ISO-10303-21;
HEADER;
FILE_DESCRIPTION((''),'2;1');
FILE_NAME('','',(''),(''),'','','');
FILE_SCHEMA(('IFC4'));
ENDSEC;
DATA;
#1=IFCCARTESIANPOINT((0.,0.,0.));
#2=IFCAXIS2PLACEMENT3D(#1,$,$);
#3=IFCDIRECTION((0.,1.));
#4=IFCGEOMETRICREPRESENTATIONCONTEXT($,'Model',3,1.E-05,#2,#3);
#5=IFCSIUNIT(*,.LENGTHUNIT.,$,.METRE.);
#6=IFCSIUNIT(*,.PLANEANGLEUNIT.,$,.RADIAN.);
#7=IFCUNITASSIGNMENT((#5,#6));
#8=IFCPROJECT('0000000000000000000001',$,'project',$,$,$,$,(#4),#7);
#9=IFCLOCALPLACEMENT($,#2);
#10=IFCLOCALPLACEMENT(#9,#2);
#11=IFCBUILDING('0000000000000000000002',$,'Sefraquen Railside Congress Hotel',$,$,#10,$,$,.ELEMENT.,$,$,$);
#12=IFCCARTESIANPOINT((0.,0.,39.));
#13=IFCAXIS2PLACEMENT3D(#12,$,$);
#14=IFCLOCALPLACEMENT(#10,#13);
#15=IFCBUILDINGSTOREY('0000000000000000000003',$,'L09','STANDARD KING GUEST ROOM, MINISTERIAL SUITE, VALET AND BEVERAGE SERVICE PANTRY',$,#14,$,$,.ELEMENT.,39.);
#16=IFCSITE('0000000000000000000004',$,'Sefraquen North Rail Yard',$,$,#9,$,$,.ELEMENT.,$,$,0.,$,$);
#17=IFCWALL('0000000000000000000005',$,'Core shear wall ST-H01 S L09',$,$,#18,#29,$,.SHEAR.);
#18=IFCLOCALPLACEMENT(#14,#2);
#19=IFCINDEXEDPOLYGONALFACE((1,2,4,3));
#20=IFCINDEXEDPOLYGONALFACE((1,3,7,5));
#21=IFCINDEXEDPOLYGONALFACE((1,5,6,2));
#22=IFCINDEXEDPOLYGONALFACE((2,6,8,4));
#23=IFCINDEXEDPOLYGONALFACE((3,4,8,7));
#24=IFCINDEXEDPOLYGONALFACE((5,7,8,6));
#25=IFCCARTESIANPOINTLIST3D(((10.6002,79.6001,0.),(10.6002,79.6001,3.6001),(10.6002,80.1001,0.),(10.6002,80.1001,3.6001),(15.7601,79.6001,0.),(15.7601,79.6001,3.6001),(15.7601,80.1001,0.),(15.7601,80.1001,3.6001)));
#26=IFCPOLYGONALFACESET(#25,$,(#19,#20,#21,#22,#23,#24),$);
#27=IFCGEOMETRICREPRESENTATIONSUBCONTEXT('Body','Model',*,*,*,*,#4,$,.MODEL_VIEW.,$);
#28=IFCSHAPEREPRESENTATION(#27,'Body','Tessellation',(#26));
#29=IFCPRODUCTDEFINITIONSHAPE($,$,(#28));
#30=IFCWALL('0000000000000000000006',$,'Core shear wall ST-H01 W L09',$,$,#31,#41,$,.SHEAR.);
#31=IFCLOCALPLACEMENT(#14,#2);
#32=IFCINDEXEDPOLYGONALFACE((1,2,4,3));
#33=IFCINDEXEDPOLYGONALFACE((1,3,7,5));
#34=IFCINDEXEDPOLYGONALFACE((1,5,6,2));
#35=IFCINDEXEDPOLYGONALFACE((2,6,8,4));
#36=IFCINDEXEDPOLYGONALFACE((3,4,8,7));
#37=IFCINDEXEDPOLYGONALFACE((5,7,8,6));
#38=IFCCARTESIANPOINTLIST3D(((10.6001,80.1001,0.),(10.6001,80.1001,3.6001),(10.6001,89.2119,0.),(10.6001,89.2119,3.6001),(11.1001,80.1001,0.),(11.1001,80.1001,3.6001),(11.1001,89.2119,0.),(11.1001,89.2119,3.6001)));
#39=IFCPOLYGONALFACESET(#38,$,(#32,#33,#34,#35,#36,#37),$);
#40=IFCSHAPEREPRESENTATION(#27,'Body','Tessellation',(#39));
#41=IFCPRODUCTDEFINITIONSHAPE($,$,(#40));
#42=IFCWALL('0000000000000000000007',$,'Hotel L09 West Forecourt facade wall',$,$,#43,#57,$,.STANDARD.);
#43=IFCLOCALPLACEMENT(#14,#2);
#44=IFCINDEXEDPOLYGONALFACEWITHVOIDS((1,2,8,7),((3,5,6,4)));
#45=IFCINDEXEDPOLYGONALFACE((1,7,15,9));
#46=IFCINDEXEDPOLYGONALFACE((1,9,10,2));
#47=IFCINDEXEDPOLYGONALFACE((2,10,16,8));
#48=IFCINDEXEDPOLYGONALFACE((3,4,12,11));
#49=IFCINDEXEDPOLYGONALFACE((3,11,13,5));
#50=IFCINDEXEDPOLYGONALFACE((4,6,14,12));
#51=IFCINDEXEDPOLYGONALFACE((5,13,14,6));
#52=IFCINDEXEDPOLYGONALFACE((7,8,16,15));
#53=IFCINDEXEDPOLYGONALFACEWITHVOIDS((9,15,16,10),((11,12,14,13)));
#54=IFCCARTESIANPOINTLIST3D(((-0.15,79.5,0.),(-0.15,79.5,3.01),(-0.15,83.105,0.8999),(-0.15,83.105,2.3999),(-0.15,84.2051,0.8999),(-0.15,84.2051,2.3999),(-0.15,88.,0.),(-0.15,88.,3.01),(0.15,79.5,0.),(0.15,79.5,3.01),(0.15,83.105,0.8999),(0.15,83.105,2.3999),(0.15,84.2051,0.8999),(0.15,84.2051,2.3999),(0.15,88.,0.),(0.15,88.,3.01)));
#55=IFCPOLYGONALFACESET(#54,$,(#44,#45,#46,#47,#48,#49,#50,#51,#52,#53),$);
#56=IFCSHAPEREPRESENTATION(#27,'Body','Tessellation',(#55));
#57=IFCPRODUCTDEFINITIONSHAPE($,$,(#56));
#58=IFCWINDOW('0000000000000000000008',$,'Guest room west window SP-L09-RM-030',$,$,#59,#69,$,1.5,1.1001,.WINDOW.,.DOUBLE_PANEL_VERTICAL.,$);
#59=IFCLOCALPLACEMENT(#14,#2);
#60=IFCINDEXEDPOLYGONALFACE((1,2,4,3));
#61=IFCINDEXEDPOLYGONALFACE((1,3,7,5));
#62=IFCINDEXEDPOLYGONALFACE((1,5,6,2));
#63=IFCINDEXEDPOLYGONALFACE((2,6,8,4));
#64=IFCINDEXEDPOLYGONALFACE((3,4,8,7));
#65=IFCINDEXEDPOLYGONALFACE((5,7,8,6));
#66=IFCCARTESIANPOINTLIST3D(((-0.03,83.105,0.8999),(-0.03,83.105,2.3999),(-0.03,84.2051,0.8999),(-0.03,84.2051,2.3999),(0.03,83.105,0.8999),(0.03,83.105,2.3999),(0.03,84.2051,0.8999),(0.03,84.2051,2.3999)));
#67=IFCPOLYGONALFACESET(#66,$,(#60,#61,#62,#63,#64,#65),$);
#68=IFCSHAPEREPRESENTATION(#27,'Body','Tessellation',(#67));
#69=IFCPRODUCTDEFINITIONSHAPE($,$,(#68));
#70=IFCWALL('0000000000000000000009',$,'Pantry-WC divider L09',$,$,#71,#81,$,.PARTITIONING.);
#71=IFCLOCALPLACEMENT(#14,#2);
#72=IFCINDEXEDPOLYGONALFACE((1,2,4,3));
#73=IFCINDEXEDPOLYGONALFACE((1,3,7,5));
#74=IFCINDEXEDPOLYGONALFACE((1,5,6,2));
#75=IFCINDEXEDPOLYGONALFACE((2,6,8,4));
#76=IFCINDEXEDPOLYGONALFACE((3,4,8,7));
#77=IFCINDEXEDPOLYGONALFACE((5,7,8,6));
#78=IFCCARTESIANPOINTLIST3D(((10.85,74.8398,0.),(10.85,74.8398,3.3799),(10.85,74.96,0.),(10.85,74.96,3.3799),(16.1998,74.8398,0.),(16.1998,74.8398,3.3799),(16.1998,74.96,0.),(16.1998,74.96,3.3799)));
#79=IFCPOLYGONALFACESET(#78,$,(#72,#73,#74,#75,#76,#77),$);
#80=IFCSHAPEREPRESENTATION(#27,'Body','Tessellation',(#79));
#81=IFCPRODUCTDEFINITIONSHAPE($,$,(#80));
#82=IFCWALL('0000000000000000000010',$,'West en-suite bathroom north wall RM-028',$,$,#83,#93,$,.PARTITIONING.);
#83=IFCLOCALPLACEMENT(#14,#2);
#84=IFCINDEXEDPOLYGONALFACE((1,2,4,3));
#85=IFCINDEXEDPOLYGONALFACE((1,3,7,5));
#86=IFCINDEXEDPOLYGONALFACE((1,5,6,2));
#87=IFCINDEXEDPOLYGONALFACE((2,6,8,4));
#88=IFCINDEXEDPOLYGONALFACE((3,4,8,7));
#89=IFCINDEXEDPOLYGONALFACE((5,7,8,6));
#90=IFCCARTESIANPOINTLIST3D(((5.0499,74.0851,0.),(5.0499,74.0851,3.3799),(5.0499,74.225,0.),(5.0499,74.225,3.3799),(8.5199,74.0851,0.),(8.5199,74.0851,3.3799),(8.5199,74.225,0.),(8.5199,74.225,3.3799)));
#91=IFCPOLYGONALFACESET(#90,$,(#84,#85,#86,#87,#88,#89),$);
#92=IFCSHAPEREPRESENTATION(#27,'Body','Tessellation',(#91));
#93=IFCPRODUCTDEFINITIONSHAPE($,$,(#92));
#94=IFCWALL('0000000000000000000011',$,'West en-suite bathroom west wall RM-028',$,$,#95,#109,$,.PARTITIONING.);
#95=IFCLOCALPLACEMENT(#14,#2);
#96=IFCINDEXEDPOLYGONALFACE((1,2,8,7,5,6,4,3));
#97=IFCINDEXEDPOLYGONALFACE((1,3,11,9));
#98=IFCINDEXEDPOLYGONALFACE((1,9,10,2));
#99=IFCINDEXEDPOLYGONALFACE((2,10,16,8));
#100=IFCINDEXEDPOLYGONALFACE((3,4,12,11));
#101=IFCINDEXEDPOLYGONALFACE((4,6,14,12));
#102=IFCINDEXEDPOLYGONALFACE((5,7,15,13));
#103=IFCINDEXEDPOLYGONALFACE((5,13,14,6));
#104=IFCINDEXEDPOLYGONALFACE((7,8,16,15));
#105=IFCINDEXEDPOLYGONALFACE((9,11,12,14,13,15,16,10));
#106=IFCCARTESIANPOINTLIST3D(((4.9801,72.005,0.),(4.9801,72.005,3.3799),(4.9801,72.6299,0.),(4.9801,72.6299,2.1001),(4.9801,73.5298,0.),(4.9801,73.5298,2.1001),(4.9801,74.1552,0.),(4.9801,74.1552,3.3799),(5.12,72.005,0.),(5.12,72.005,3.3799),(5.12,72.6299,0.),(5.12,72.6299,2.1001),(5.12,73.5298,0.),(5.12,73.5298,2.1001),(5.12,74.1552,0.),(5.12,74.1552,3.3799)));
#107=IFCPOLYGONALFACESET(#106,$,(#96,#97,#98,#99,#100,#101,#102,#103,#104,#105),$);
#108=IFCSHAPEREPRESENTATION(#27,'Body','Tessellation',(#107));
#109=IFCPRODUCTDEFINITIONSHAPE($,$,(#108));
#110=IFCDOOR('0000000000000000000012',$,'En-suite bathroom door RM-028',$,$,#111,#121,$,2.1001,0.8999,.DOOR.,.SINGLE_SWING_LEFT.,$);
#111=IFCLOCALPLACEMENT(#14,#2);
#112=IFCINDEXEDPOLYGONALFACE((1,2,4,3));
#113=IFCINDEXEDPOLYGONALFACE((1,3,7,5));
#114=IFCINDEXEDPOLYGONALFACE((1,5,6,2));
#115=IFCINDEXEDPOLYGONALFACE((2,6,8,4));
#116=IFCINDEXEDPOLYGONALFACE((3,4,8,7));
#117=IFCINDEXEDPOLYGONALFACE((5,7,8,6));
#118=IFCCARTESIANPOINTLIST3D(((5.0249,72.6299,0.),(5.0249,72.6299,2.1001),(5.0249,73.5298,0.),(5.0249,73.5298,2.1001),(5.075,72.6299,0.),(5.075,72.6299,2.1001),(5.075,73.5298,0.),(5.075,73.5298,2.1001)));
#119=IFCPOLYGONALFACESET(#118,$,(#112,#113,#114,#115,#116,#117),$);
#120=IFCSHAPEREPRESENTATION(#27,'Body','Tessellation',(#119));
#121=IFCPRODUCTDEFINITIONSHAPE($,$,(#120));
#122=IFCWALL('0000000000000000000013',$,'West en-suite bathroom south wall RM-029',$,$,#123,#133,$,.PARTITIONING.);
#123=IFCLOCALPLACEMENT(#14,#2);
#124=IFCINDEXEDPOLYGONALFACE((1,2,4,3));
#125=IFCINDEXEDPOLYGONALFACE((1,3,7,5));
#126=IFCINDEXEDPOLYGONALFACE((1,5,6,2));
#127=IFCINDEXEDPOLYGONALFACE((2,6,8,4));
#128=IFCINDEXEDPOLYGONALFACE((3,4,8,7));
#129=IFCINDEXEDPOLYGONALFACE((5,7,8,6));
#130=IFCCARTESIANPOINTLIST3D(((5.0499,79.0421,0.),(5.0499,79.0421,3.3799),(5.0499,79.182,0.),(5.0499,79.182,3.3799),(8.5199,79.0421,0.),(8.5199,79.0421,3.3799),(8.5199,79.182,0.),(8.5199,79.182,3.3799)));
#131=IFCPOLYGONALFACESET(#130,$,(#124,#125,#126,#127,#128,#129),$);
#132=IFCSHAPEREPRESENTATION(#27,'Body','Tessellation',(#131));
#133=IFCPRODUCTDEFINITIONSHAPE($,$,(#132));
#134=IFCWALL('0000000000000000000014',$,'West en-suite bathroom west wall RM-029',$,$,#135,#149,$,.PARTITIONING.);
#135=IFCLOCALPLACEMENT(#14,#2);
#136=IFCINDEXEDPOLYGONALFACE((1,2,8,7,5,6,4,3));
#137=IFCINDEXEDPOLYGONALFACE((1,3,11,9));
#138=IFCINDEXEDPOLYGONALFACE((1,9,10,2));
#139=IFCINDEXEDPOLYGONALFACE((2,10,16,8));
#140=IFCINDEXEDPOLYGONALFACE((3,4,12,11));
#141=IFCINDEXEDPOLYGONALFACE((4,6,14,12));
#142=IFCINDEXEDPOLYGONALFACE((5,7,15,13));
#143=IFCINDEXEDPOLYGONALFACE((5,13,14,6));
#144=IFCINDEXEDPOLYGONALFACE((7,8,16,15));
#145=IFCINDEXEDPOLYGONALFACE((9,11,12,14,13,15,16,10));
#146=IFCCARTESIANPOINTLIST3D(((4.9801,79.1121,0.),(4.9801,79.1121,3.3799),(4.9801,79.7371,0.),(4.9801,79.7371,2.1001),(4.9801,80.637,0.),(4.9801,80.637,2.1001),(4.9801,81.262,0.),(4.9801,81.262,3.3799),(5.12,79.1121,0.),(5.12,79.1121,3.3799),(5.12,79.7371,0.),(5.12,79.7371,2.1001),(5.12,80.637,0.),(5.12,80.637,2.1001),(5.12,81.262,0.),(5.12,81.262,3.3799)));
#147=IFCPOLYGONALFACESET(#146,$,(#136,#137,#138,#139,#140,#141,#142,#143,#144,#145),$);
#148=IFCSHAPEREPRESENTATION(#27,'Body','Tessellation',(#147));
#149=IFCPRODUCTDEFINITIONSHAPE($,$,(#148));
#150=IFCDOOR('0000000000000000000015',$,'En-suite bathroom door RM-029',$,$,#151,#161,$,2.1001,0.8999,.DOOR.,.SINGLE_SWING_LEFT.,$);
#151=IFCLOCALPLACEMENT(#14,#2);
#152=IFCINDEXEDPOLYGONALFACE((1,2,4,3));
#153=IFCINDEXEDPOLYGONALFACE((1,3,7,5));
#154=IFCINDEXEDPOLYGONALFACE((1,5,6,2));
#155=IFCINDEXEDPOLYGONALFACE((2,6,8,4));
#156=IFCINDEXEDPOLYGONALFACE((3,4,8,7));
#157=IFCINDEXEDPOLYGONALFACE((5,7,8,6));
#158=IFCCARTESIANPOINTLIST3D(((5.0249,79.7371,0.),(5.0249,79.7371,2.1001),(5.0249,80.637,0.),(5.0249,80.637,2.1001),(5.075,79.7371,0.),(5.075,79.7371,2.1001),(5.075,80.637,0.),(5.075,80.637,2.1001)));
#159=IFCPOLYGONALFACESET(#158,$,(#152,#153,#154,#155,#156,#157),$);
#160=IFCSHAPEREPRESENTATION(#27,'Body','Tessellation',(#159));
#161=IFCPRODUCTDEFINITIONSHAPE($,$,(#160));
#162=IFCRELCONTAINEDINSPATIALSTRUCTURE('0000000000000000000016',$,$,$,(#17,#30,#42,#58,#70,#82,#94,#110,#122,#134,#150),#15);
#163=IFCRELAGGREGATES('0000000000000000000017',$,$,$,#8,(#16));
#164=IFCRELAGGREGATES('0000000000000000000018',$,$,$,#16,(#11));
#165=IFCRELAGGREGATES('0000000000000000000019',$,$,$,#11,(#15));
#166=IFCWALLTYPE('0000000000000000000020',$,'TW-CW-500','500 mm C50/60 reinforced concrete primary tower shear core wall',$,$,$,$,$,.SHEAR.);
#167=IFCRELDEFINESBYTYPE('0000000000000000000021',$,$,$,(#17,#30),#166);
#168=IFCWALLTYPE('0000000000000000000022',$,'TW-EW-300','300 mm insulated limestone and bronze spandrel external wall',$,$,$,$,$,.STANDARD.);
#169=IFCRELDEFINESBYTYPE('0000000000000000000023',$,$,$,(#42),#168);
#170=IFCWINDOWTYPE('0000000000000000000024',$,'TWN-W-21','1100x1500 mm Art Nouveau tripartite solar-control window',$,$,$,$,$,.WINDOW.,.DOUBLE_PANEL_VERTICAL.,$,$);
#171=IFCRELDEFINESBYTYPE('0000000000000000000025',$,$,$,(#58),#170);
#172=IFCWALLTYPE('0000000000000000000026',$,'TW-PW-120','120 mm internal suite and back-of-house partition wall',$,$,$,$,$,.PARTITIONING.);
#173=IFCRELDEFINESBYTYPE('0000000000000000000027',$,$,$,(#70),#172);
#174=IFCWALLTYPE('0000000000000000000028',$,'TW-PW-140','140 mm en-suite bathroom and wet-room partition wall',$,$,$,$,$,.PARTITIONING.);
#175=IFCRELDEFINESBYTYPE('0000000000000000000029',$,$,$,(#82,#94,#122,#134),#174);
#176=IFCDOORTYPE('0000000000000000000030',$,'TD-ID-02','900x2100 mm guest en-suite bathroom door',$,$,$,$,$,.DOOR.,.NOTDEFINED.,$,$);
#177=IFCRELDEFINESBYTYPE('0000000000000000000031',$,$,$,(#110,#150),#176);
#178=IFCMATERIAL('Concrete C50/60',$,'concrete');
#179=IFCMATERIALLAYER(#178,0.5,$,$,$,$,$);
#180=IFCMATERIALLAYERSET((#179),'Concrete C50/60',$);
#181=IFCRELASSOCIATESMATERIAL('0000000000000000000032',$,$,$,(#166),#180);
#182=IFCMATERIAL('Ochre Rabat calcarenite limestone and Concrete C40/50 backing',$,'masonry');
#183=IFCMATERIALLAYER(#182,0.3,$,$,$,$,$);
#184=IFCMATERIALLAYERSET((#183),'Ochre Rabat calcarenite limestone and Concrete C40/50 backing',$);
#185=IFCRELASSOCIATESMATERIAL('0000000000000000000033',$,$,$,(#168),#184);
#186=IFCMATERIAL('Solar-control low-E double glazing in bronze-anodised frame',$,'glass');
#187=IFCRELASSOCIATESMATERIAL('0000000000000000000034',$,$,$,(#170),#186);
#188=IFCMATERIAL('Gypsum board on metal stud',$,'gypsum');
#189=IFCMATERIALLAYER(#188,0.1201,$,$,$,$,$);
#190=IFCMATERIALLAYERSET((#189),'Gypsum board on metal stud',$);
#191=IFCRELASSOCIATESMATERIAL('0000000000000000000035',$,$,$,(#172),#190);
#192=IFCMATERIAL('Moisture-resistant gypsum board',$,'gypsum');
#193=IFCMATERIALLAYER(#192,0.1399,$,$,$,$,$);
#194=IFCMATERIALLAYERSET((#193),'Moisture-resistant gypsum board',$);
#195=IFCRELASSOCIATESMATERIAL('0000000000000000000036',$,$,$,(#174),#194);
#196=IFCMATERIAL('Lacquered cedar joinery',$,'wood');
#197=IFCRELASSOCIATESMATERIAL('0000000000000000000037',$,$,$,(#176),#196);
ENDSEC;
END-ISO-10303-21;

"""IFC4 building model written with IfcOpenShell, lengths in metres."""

from ifc_helpers import new_model, si_unit, direction, frame, frame_2d, origin, place, context, subcontext, project, spatial, rectangle, extrude, material, layer, layer_set, type_object, element, fill, save


model = new_model("IFC4")

# Units and contexts
model_context = context("Model", 3, precision=1e-05, world=origin(), true_north=direction((0.0, 1.0)))
body_context = subcontext(model_context, "Body", "Model", "MODEL_VIEW")
ifc_project = project(units=[si_unit("LENGTHUNIT", "METRE"), si_unit("PLANEANGLEUNIT", "RADIAN")], contexts=[model_context])

# Site, building, storey
site_placement = place(None, origin())
site = spatial("IfcSite", under=ifc_project, at=site_placement, Name="Sefraquen North Rail Yard", CompositionType="ELEMENT", RefElevation=0.0)
building_placement = place(site_placement, origin())
building = spatial("IfcBuilding", under=site, at=building_placement, Name="Sefraquen Railside Congress Hotel", CompositionType="ELEMENT")
storey_placement = place(building_placement, frame((0.0, 0.0, 39.0)))
storey = spatial("IfcBuildingStorey", under=building, at=storey_placement, Name="L09", Description="STANDARD KING GUEST ROOM, MINISTERIAL SUITE, VALET AND BEVERAGE SERVICE PANTRY", CompositionType="ELEMENT", Elevation=39.0)

# Walls
ifc_material_1 = material(Name="Concrete C50/60", Category="concrete")
ifc_layer_1 = layer(ifc_material_1, 0.5)
ifc_layer_set_1 = layer_set([ifc_layer_1], Name="Concrete C50/60")
wall_type_1 = type_object("IfcWallType", Name="TW-CW-500", Description="500 mm C50/60 reinforced concrete primary tower shear core wall", PredefinedType="SHEAR", material=ifc_layer_set_1)
wall_1_placement = place(storey_placement, frame((10.6001, 79.8501, 0.0), z_axis=(0.0, 0.0, 1.0), x_axis=(1.0, 0.0, 0.0)))
element("IfcWall", 1, at=wall_1_placement, inside=storey, type_object=wall_type_1, Name="Core shear wall ST-H01 S L09", PredefinedType="SHEAR", context=body_context, shape_type="SweptSolid", body=[
    extrude(rectangle(XDim=5.1599, YDim=0.5, at=frame_2d((2.5801, 0.0))), origin(), (0.0, 0.0, 1.0), 3.6001),
])
wall_2_placement = place(storey_placement, frame((10.8501, 80.1001, 0.0), z_axis=(0.0, 0.0, 1.0), x_axis=(0.0, 1.0, 0.0)))
element("IfcWall", 2, at=wall_2_placement, inside=storey, type_object=wall_type_1, Name="Core shear wall ST-H01 W L09", PredefinedType="SHEAR", context=body_context, shape_type="SweptSolid", body=[
    extrude(rectangle(XDim=9.1118, YDim=0.5, at=frame_2d((4.5559, 0.0))), origin(), (0.0, 0.0, 1.0), 3.6001),
])

# Wall, opening, window
ifc_material_2 = material(Name="Ochre Rabat calcarenite limestone and Concrete C40/50 backing", Category="masonry")
ifc_layer_2 = layer(ifc_material_2, 0.3)
ifc_layer_set_2 = layer_set([ifc_layer_2], Name="Ochre Rabat calcarenite limestone and Concrete C40/50 backing")
wall_type_2 = type_object("IfcWallType", Name="TW-EW-300", Description="300 mm insulated limestone and bronze spandrel external wall", PredefinedType="STANDARD", material=ifc_layer_set_2)
wall_3_placement = place(storey_placement, frame((0.0, 79.5, 0.0), z_axis=(0.0, 0.0, 1.0), x_axis=(0.0, 1.0, 0.0)))
wall_3 = element("IfcWall", 3, at=wall_3_placement, inside=storey, type_object=wall_type_2, Name="Hotel L09 West Forecourt facade wall", PredefinedType="STANDARD", context=body_context, shape_type="SweptSolid", body=[
    extrude(rectangle(XDim=8.5, YDim=0.3, at=frame_2d((4.25, 0.0))), origin(), (0.0, 0.0, 1.0), 3.01),
])
opening_1_placement = place(wall_3_placement, frame((3.605, 0.0, 0.8999)))
opening_1 = element("IfcOpeningElement", 4, at=opening_1_placement, cuts=wall_3, PredefinedType="OPENING", context=body_context, shape_type="SweptSolid", body=[
    extrude(rectangle(XDim=1.1001, YDim=1.5, at=frame_2d((0.55, 0.75))), frame((0.0, 0.1599, 0.0), z_axis=(0.0, -1.0, 0.0), x_axis=(1.0, 0.0, 0.0)), (0.0, 0.0, 1.0), 0.3201),
])
ifc_material_3 = material(Name="Solar-control low-E double glazing in bronze-anodised frame", Category="glass")
window_type = type_object("IfcWindowType", Name="TWN-W-21", Description="1100x1500 mm Art Nouveau tripartite solar-control window", PartitioningType="DOUBLE_PANEL_VERTICAL", PredefinedType="WINDOW", material=ifc_material_3)
window_placement = place(opening_1_placement, origin())
window = element("IfcWindow", 5, at=window_placement, inside=storey, type_object=window_type, Name="Guest room west window SP-L09-RM-030", OverallHeight=1.5, OverallWidth=1.1001, PartitioningType="DOUBLE_PANEL_VERTICAL", PredefinedType="WINDOW", context=body_context, shape_type="SweptSolid", body=[
    extrude(rectangle(XDim=1.1001, YDim=1.5, at=frame_2d((0.55, 0.75))), frame((0.0, 0.03, 0.0), z_axis=(0.0, -1.0, 0.0), x_axis=(1.0, 0.0, 0.0)), (0.0, 0.0, 1.0), 0.0601),
])
fill(opening_1, window)

# Walls
ifc_material_4 = material(Name="Gypsum board on metal stud", Category="gypsum")
ifc_layer_3 = layer(ifc_material_4, 0.1201)
ifc_layer_set_3 = layer_set([ifc_layer_3], Name="Gypsum board on metal stud")
wall_type_3 = type_object("IfcWallType", Name="TW-PW-120", Description="120 mm internal suite and back-of-house partition wall", PredefinedType="PARTITIONING", material=ifc_layer_set_3)
wall_4_placement = place(storey_placement, frame((10.8501, 74.8999, 0.0), z_axis=(0.0, 0.0, 1.0), x_axis=(1.0, 0.0, 0.0)))
element("IfcWall", 6, at=wall_4_placement, inside=storey, type_object=wall_type_3, Name="Pantry-WC divider L09", PredefinedType="PARTITIONING", context=body_context, shape_type="SweptSolid", body=[
    extrude(rectangle(XDim=5.3499, YDim=0.1201, at=frame_2d((2.6748, 0.0))), origin(), (0.0, 0.0, 1.0), 3.3799),
])
ifc_material_5 = material(Name="Moisture-resistant gypsum board", Category="gypsum")
ifc_layer_4 = layer(ifc_material_5, 0.1399)
ifc_layer_set_4 = layer_set([ifc_layer_4], Name="Moisture-resistant gypsum board")
wall_type_4 = type_object("IfcWallType", Name="TW-PW-140", Description="140 mm en-suite bathroom and wet-room partition wall", PredefinedType="PARTITIONING", material=ifc_layer_set_4)
wall_5_placement = place(storey_placement, frame((5.05, 74.155, 0.0), z_axis=(0.0, 0.0, 1.0), x_axis=(1.0, 0.0, 0.0)))
element("IfcWall", 7, at=wall_5_placement, inside=storey, type_object=wall_type_4, Name="West en-suite bathroom north wall RM-028", PredefinedType="PARTITIONING", context=body_context, shape_type="SweptSolid", body=[
    extrude(rectangle(XDim=3.47, YDim=0.1399, at=frame_2d((1.7349, 0.0))), origin(), (0.0, 0.0, 1.0), 3.3799),
])

# Wall, opening, door
wall_6_placement = place(storey_placement, frame((5.05, 72.0049, 0.0), z_axis=(0.0, 0.0, 1.0), x_axis=(0.0, 1.0, 0.0)))
wall_6 = element("IfcWall", 8, at=wall_6_placement, inside=storey, type_object=wall_type_4, Name="West en-suite bathroom west wall RM-028", PredefinedType="PARTITIONING", context=body_context, shape_type="SweptSolid", body=[
    extrude(rectangle(XDim=2.1501, YDim=0.1399, at=frame_2d((1.0752, 0.0))), origin(), (0.0, 0.0, 1.0), 3.3799),
])
opening_2_placement = place(wall_6_placement, frame((0.625, 0.0, 0.0)))
opening_2 = element("IfcOpeningElement", 9, at=opening_2_placement, cuts=wall_6, PredefinedType="OPENING", context=body_context, shape_type="SweptSolid", body=[
    extrude(rectangle(XDim=0.8999, YDim=2.1001, at=frame_2d((0.45, 1.05))), frame((0.0, 0.0798, 0.0), z_axis=(0.0, -1.0, 0.0), x_axis=(1.0, 0.0, 0.0)), (0.0, 0.0, 1.0), 0.1599),
])
ifc_material_6 = material(Name="Lacquered cedar joinery", Category="wood")
door_type = type_object("IfcDoorType", Name="TD-ID-02", Description="900x2100 mm guest en-suite bathroom door", OperationType="NOTDEFINED", PredefinedType="DOOR", material=ifc_material_6)
door_1_placement = place(opening_2_placement, frame((0.8999, 0.0, 0.0), z_axis=(0.0, 0.0, 1.0), x_axis=(-1.0, 0.0, 0.0)))
door_1 = element("IfcDoor", 10, at=door_1_placement, inside=storey, type_object=door_type, Name="En-suite bathroom door RM-028", OperationType="SINGLE_SWING_LEFT", OverallHeight=2.1001, OverallWidth=0.8999, PredefinedType="DOOR", context=body_context, shape_type="SweptSolid", body=[
    extrude(rectangle(XDim=0.8999, YDim=2.1001, at=frame_2d((0.45, 1.05))), frame((0.0, 0.0249, 0.0), z_axis=(0.0, -1.0, 0.0), x_axis=(1.0, 0.0, 0.0)), (0.0, 0.0, 1.0), 0.05),
])
fill(opening_2, door_1)

# Wall
wall_7_placement = place(storey_placement, frame((5.05, 79.1121, 0.0), z_axis=(0.0, 0.0, 1.0), x_axis=(1.0, 0.0, 0.0)))
element("IfcWall", 11, at=wall_7_placement, inside=storey, type_object=wall_type_4, Name="West en-suite bathroom south wall RM-029", PredefinedType="PARTITIONING", context=body_context, shape_type="SweptSolid", body=[
    extrude(rectangle(XDim=3.47, YDim=0.1399, at=frame_2d((1.7349, 0.0))), origin(), (0.0, 0.0, 1.0), 3.3799),
])

# Wall, opening, door
wall_8_placement = place(storey_placement, frame((5.05, 79.1121, 0.0), z_axis=(0.0, 0.0, 1.0), x_axis=(0.0, 1.0, 0.0)))
wall_8 = element("IfcWall", 12, at=wall_8_placement, inside=storey, type_object=wall_type_4, Name="West en-suite bathroom west wall RM-029", PredefinedType="PARTITIONING", context=body_context, shape_type="SweptSolid", body=[
    extrude(rectangle(XDim=2.1499, YDim=0.1399, at=frame_2d((1.075, 0.0))), origin(), (0.0, 0.0, 1.0), 3.3799),
])
opening_3_placement = place(wall_8_placement, frame((0.625, 0.0, 0.0)))
opening_3 = element("IfcOpeningElement", 13, at=opening_3_placement, cuts=wall_8, PredefinedType="OPENING", context=body_context, shape_type="SweptSolid", body=[
    extrude(rectangle(XDim=0.8999, YDim=2.1001, at=frame_2d((0.45, 1.05))), frame((0.0, 0.0798, 0.0), z_axis=(0.0, -1.0, 0.0), x_axis=(1.0, 0.0, 0.0)), (0.0, 0.0, 1.0), 0.1599),
])
door_2_placement = place(opening_3_placement, frame((0.8999, 0.0, 0.0), z_axis=(0.0, 0.0, 1.0), x_axis=(-1.0, 0.0, 0.0)))
door_2 = element("IfcDoor", 14, at=door_2_placement, inside=storey, type_object=door_type, Name="En-suite bathroom door RM-029", OperationType="SINGLE_SWING_LEFT", OverallHeight=2.1001, OverallWidth=0.8999, PredefinedType="DOOR", context=body_context, shape_type="SweptSolid", body=[
    extrude(rectangle(XDim=0.8999, YDim=2.1001, at=frame_2d((0.45, 1.05))), frame((0.0, 0.0249, 0.0), z_axis=(0.0, -1.0, 0.0), x_axis=(1.0, 0.0, 0.0)), (0.0, 0.0, 1.0), 0.05),
])
fill(opening_3, door_2)

save(model, "model.ifc")
